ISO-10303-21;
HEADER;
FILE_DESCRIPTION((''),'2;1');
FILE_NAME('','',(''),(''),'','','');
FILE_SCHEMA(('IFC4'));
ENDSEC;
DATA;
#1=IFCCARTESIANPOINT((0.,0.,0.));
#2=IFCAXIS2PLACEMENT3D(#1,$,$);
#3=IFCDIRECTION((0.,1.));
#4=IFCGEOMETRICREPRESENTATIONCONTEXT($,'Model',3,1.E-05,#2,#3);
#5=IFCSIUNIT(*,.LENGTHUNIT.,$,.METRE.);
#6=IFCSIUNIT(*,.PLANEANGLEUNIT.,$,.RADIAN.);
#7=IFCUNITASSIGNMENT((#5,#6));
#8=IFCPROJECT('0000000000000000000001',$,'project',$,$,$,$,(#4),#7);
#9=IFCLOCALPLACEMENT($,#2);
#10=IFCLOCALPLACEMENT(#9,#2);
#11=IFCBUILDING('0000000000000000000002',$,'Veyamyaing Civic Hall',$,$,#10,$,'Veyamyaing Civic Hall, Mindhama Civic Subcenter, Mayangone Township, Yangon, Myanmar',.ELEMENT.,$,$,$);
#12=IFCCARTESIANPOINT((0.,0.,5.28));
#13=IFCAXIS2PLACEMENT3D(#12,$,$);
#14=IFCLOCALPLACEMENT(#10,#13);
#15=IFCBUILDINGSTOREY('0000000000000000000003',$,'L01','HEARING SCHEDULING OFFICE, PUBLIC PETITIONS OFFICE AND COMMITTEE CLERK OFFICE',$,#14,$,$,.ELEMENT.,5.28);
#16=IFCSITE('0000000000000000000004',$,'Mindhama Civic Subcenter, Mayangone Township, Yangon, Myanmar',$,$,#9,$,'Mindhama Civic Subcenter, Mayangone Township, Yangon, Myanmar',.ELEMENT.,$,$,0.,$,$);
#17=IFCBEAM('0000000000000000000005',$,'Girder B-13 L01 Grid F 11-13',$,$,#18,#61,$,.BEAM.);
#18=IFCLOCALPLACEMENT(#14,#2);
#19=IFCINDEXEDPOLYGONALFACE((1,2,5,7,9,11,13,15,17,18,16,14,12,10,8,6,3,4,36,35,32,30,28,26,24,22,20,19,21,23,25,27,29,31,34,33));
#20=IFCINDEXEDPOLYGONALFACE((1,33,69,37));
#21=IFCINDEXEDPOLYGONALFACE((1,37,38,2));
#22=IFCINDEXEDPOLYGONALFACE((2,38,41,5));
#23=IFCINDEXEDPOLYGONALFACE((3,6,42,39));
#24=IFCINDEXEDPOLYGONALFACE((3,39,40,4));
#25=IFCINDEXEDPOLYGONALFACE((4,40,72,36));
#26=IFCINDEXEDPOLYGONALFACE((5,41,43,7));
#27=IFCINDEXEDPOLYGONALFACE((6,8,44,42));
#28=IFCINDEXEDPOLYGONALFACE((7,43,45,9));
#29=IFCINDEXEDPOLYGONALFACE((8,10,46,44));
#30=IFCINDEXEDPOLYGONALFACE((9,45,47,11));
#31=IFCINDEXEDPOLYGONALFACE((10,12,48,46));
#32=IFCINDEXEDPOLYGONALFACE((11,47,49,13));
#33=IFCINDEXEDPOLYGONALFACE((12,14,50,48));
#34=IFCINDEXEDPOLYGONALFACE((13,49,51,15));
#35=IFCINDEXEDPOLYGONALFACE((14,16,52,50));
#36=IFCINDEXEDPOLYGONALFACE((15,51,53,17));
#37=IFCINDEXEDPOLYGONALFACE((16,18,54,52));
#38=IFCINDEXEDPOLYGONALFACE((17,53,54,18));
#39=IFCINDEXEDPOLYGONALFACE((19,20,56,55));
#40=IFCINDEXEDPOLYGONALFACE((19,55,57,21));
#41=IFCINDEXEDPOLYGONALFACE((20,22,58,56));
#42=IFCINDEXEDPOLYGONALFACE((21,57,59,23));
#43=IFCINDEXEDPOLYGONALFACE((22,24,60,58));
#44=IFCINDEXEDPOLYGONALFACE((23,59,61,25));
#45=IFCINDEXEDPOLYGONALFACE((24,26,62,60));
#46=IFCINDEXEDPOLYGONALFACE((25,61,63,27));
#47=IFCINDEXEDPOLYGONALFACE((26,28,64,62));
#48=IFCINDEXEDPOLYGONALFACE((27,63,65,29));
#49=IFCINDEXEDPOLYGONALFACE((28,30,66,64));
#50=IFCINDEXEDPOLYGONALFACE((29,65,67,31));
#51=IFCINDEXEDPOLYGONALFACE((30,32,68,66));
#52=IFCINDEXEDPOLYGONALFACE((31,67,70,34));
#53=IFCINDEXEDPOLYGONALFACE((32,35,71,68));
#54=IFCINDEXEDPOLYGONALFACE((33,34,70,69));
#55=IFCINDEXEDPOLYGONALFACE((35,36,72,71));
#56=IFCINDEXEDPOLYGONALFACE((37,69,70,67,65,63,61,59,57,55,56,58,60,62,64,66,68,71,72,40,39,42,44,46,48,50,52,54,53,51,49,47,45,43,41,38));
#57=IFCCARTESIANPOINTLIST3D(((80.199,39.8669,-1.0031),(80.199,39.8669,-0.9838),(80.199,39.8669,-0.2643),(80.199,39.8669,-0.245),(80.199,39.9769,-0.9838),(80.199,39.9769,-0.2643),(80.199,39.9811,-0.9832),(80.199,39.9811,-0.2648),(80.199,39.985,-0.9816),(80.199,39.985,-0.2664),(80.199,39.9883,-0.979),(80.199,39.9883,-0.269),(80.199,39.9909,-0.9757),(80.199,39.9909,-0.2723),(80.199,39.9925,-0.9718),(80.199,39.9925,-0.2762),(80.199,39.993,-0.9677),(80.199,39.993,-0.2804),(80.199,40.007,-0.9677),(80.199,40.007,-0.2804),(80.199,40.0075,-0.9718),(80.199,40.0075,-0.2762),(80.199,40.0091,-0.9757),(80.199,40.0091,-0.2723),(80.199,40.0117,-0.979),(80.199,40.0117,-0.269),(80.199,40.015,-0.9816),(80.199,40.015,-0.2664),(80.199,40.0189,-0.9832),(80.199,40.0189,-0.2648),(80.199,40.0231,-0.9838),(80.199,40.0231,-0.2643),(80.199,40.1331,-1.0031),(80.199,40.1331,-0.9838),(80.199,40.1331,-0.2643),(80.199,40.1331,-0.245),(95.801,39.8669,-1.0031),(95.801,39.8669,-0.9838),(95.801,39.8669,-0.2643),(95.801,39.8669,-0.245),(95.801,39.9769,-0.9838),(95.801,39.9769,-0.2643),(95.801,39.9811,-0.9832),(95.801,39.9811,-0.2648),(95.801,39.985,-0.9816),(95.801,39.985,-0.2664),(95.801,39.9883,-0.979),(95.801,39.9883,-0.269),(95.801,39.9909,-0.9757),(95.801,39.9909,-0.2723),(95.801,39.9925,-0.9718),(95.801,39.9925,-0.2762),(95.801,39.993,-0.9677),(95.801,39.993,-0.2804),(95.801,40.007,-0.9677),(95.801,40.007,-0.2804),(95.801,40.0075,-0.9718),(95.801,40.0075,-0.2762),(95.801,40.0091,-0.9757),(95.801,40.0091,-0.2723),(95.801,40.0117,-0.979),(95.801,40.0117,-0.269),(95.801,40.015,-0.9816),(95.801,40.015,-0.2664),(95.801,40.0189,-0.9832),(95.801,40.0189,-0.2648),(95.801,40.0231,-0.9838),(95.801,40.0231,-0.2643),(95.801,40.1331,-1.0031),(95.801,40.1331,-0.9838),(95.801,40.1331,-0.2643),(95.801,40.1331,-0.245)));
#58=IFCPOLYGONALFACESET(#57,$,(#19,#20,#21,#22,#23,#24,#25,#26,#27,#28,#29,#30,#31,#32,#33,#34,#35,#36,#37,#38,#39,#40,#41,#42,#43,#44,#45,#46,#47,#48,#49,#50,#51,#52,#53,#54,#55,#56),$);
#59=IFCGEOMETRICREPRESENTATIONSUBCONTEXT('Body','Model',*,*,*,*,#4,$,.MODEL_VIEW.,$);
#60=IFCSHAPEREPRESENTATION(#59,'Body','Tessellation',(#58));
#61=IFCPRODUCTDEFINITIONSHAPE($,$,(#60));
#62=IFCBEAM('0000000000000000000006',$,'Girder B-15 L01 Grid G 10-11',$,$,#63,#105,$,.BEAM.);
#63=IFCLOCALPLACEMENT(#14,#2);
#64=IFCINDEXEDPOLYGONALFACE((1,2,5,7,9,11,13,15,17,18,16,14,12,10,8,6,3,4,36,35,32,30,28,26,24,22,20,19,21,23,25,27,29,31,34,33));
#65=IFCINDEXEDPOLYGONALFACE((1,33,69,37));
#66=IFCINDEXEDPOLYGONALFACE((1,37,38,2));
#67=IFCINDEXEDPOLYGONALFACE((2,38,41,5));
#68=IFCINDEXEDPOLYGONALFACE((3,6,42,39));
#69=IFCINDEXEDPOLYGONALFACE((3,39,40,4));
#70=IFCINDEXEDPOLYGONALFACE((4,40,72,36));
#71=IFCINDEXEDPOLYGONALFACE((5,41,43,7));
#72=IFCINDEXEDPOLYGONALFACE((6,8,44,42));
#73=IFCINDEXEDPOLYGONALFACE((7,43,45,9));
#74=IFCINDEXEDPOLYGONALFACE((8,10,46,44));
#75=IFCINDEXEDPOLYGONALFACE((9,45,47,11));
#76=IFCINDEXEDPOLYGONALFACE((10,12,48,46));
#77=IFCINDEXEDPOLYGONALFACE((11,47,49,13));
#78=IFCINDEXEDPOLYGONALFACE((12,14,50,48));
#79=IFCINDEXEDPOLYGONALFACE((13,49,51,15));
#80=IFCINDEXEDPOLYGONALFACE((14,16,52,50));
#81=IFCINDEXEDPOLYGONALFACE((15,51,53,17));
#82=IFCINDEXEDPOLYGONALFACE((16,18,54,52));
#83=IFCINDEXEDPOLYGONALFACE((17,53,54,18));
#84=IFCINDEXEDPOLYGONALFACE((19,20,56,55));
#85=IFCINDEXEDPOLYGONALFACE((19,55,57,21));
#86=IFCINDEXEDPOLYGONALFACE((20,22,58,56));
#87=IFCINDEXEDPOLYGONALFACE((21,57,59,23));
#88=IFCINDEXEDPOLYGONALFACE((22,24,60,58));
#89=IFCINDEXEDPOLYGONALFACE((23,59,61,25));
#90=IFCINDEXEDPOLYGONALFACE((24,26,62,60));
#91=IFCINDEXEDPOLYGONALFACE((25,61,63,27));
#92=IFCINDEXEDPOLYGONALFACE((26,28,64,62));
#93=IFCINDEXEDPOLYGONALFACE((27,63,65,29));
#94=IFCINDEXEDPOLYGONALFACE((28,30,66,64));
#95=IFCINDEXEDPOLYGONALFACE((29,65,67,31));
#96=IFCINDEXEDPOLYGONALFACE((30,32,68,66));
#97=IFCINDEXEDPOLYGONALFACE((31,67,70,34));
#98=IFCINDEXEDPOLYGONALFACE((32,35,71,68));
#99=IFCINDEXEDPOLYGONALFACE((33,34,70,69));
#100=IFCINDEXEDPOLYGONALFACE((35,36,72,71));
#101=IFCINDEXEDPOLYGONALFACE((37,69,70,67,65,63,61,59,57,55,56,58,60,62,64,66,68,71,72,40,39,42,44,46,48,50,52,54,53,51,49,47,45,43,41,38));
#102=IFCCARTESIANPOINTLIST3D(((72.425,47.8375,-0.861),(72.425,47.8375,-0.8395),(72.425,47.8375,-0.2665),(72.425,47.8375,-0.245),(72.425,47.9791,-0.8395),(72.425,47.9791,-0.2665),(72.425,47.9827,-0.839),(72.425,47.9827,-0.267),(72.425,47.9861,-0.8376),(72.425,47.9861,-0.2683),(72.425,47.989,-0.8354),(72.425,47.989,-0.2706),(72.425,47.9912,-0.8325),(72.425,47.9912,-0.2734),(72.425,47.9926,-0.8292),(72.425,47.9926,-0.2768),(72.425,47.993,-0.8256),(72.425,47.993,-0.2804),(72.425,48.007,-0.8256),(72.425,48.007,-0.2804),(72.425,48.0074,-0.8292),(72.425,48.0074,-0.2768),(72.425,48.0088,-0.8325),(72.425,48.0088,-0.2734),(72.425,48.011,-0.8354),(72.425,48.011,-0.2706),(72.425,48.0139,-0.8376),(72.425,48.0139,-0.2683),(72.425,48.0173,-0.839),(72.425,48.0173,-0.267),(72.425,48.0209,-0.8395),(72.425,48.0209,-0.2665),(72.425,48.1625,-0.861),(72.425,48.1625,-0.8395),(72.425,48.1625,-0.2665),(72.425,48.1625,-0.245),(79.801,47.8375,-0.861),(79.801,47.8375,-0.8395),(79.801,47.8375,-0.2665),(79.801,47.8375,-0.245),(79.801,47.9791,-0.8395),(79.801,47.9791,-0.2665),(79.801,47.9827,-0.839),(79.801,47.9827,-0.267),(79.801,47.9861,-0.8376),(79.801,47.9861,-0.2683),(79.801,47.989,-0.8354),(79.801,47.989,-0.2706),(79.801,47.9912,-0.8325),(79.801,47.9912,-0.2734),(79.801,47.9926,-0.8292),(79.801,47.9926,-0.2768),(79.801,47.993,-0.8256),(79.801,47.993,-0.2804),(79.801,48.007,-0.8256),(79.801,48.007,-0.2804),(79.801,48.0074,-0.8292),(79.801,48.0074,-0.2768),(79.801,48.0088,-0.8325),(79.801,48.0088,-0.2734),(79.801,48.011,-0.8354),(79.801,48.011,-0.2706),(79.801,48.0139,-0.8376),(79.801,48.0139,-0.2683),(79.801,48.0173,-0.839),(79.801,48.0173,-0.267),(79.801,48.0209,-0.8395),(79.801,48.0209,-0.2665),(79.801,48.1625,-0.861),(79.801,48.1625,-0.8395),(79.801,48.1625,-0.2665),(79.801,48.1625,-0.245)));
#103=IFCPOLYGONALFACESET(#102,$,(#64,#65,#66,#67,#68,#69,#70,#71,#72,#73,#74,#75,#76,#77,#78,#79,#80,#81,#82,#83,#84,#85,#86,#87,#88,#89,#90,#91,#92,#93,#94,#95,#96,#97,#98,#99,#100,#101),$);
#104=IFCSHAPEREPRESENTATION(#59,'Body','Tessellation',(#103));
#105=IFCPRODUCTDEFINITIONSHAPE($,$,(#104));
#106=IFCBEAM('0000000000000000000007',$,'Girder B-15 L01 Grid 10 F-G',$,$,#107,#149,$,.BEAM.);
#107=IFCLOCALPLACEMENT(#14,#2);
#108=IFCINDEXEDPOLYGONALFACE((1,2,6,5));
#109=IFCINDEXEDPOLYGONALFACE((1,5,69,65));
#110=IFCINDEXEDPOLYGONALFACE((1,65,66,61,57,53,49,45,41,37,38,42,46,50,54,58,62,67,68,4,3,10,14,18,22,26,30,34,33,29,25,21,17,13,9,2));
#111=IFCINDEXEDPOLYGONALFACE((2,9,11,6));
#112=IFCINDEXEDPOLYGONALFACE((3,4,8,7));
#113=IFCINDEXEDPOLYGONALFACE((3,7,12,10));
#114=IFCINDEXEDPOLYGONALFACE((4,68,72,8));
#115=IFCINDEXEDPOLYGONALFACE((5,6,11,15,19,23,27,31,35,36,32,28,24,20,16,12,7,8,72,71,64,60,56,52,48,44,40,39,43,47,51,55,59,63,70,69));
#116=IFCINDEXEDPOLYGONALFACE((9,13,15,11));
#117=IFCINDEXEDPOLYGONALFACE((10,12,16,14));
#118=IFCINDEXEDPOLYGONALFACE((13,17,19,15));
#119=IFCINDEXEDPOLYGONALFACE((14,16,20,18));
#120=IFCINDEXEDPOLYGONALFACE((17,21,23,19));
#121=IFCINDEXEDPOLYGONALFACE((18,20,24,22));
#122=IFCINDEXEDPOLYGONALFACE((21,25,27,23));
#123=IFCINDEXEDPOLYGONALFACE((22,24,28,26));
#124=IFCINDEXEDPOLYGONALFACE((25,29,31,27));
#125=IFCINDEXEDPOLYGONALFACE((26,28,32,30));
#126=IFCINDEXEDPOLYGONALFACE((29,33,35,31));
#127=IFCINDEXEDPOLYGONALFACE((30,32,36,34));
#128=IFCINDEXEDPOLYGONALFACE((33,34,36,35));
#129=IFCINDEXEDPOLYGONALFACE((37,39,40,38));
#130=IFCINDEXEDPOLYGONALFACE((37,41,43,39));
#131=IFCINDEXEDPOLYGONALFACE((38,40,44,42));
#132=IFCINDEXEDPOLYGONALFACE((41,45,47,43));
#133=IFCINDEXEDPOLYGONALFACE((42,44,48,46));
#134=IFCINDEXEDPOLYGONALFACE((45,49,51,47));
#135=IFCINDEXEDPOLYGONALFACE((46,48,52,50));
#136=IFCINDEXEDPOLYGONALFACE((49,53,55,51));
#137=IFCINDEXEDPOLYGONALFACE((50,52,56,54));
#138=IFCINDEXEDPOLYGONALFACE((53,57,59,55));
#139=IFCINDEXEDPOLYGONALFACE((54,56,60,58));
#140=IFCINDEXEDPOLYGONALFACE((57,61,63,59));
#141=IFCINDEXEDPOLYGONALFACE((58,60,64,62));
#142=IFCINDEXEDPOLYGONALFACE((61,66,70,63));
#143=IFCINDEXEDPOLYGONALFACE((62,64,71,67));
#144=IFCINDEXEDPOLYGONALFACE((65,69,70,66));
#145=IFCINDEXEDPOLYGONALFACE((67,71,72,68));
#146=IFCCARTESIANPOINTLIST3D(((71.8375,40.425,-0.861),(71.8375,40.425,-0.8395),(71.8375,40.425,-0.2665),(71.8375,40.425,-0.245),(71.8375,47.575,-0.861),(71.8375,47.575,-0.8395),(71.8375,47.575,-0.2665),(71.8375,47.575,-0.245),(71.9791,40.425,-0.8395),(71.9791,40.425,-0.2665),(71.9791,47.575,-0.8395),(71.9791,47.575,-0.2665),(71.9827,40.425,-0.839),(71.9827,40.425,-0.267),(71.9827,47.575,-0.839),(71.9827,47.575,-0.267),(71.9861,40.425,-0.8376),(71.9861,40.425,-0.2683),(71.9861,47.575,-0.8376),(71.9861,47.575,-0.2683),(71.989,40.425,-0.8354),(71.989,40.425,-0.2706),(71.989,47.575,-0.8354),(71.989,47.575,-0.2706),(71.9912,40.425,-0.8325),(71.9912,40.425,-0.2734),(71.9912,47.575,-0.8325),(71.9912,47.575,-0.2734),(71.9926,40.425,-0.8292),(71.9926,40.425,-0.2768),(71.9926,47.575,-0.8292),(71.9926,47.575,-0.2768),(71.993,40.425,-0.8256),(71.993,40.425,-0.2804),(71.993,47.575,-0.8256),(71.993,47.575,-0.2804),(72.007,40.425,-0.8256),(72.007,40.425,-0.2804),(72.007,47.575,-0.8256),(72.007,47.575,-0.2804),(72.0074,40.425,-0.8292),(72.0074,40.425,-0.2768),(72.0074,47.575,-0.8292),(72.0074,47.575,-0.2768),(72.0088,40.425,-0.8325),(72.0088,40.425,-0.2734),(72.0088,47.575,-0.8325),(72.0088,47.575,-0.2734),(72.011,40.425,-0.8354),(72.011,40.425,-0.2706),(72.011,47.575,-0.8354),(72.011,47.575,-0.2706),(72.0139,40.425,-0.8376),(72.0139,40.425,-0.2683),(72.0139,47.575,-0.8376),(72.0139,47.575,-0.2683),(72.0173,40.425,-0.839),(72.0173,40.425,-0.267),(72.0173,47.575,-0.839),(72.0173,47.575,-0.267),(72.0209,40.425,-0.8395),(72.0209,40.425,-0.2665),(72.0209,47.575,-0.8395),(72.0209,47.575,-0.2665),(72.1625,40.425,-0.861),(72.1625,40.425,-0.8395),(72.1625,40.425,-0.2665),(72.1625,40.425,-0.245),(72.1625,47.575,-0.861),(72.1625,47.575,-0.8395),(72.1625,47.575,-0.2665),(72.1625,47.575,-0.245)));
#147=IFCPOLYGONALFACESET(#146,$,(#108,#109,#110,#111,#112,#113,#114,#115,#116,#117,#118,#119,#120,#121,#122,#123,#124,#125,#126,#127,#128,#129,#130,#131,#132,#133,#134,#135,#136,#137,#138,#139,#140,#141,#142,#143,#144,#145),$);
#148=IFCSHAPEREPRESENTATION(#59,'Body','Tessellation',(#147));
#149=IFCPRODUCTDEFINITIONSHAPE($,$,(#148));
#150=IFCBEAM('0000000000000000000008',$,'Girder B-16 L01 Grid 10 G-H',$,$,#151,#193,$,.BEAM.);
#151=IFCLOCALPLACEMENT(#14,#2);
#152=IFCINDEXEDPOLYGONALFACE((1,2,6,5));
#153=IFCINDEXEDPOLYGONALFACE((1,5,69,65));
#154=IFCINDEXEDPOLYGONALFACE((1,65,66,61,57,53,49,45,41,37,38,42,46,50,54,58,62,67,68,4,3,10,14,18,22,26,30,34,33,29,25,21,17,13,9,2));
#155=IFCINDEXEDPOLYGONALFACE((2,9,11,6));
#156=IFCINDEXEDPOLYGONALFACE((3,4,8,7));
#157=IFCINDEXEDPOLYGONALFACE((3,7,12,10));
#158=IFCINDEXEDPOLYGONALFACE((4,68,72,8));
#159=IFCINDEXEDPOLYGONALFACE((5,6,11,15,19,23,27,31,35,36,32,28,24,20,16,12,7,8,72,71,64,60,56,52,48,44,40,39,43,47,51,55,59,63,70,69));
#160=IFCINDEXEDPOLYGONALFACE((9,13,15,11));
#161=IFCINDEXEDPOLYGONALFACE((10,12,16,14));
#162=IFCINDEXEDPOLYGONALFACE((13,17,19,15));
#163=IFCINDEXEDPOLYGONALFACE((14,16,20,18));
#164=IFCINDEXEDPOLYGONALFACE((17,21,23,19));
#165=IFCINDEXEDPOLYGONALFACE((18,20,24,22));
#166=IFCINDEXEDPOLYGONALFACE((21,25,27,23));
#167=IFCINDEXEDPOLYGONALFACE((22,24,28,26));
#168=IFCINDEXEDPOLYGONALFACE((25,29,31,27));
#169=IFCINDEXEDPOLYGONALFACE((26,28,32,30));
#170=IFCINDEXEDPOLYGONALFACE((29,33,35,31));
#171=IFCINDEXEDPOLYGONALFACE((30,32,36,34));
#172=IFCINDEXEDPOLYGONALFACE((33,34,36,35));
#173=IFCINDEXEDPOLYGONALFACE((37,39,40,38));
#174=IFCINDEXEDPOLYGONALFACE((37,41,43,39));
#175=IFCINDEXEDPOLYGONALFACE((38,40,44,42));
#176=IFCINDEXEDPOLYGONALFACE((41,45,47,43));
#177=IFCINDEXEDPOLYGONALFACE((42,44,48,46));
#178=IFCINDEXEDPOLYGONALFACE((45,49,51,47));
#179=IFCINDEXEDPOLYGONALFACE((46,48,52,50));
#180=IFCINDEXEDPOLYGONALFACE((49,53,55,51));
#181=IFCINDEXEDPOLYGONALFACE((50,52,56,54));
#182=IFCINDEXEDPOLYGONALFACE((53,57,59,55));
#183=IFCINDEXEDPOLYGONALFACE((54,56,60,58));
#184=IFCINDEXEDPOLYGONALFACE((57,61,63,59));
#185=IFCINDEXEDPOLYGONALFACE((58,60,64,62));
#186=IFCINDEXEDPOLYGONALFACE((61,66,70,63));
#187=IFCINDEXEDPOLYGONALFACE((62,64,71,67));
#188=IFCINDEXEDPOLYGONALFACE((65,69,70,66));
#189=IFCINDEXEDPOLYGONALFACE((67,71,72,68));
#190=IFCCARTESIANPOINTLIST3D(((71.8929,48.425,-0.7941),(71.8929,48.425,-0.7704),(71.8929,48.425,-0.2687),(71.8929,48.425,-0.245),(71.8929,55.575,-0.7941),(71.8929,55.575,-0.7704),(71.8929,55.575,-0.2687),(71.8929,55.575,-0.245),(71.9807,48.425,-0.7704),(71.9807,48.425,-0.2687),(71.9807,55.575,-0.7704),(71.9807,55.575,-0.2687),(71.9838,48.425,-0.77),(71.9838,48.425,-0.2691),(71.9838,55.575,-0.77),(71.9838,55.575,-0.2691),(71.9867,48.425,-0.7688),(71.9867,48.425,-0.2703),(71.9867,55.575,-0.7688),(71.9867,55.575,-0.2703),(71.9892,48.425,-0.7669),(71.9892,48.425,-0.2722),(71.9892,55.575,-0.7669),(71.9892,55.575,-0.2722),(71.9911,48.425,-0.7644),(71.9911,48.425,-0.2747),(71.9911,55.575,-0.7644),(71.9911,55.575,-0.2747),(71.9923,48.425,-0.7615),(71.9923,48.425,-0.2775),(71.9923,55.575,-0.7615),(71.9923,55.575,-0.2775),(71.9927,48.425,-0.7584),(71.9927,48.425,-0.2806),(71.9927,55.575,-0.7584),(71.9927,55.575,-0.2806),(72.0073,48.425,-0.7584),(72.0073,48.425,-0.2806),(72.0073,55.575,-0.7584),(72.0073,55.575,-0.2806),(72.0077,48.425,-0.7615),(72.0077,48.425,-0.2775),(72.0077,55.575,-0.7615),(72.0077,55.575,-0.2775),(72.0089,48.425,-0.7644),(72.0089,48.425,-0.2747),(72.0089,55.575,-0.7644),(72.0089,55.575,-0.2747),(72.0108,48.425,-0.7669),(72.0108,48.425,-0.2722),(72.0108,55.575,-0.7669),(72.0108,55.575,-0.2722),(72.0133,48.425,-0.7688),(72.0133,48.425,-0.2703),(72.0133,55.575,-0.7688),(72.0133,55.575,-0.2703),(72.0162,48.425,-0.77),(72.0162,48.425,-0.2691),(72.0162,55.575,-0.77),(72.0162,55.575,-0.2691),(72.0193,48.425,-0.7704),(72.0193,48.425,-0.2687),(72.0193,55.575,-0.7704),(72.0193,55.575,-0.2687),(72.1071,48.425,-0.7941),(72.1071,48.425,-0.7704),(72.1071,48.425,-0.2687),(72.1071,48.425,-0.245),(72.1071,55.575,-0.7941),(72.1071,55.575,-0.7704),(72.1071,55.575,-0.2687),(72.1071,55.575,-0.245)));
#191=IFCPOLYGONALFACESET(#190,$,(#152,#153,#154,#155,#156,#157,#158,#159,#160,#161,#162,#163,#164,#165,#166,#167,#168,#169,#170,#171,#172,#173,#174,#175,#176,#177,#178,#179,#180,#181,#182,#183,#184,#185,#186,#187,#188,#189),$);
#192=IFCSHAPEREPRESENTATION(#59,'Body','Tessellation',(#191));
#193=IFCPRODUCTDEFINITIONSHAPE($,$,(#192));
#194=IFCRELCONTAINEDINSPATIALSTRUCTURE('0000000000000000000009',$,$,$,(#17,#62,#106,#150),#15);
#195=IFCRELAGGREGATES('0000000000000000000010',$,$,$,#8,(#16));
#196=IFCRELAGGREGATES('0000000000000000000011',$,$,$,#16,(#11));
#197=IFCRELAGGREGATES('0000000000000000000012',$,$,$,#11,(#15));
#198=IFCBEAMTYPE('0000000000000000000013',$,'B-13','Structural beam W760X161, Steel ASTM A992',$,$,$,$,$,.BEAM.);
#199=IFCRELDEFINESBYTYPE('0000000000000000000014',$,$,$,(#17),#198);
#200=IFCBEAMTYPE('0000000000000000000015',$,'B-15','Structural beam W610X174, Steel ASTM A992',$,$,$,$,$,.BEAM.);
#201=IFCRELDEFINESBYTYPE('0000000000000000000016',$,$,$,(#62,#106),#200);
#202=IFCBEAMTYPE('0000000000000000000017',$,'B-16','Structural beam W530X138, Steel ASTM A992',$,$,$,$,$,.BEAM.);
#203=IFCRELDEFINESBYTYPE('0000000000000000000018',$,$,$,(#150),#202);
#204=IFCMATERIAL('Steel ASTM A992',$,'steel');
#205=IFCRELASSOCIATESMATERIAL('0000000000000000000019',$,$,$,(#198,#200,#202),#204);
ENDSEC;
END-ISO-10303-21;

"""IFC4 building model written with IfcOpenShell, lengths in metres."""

from ifc_helpers import new_model, si_unit, direction, frame, origin, origin_2d, place, context, subcontext, project, spatial, i_section, extrude, material, material_profile, profile_set, type_object, element, save


model = new_model("IFC4")

# Units and contexts
model_context = context("Model", 3, precision=1e-05, world=origin(), true_north=direction((0.0, 1.0)))
body_context = subcontext(model_context, "Body", "Model", "MODEL_VIEW")
ifc_project = project(units=[si_unit("LENGTHUNIT", "METRE"), si_unit("PLANEANGLEUNIT", "RADIAN")], contexts=[model_context])

# Site, building, storey
site_placement = place(None, origin())
site = spatial("IfcSite", under=ifc_project, at=site_placement, Name="Mindhama Civic Subcenter, Mayangone Township, Yangon, Myanmar", LongName="Mindhama Civic Subcenter, Mayangone Township, Yangon, Myanmar", CompositionType="ELEMENT", RefElevation=0.0)
building_placement = place(site_placement, origin())
building = spatial("IfcBuilding", under=site, at=building_placement, Name="Veyamyaing Civic Hall", LongName="Veyamyaing Civic Hall, Mindhama Civic Subcenter, Mayangone Township, Yangon, Myanmar", CompositionType="ELEMENT")
storey_placement = place(building_placement, frame((0.0, 0.0, 5.28)))
storey = spatial("IfcBuildingStorey", under=building, at=storey_placement, Name="L01", Description="HEARING SCHEDULING OFFICE, PUBLIC PETITIONS OFFICE AND COMMITTEE CLERK OFFICE", CompositionType="ELEMENT", Elevation=5.28)

# Beams
ifc_material_1 = material(Name="Steel ASTM A992", Category="steel")
ifc_material_profile_1 = material_profile(ifc_material_1, i_section(OverallWidth=0.2661, OverallDepth=0.7581, WebThickness=0.0139, FlangeThickness=0.0193, FilletRadius=0.0161, at=origin_2d()), Name="W760X161")
ifc_profile_set_1 = profile_set([ifc_material_profile_1], Name="Steel ASTM A992")
beam_type_1 = type_object("IfcBeamType", Name="B-13", Description="Structural beam W760X161, Steel ASTM A992", PredefinedType="BEAM", material=ifc_profile_set_1)
beam_1_placement = place(storey_placement, frame((80.199, 40.0, -0.624), z_axis=(1.0, 0.0, 0.0), x_axis=(0.0, 1.0, 0.0)))
element("IfcBeam", 1, at=beam_1_placement, inside=storey, type_object=beam_type_1, Name="Girder B-13 L01 Grid F 11-13", PredefinedType="BEAM", context=body_context, shape_type="SweptSolid", body=[
    extrude(i_section(OverallWidth=0.2661, OverallDepth=0.7581, WebThickness=0.0139, FlangeThickness=0.0193, FilletRadius=0.0161, at=origin_2d()), origin(), (0.0, 0.0, 1.0), 15.6021),
])
ifc_material_profile_2 = material_profile(ifc_material_1, i_section(OverallWidth=0.325, OverallDepth=0.616, WebThickness=0.0139, FlangeThickness=0.0215, FilletRadius=0.0139, at=origin_2d()), Name="W610X174")
ifc_profile_set_2 = profile_set([ifc_material_profile_2], Name="Steel ASTM A992")
beam_type_2 = type_object("IfcBeamType", Name="B-15", Description="Structural beam W610X174, Steel ASTM A992", PredefinedType="BEAM", material=ifc_profile_set_2)
beam_2_placement = place(storey_placement, frame((72.425, 48.0, -0.553), z_axis=(1.0, 0.0, 0.0), x_axis=(0.0, 1.0, 0.0)))
element("IfcBeam", 2, at=beam_2_placement, inside=storey, type_object=beam_type_2, Name="Girder B-15 L01 Grid G 10-11", PredefinedType="BEAM", context=body_context, shape_type="SweptSolid", body=[
    extrude(i_section(OverallWidth=0.325, OverallDepth=0.616, WebThickness=0.0139, FlangeThickness=0.0215, FilletRadius=0.0139, at=origin_2d()), origin(), (0.0, 0.0, 1.0), 7.376),
])
beam_3_placement = place(storey_placement, frame((72.0, 40.425, -0.553), z_axis=(0.0, 1.0, 0.0), x_axis=(-1.0, 0.0, 0.0)))
element("IfcBeam", 3, at=beam_3_placement, inside=storey, type_object=beam_type_2, Name="Girder B-15 L01 Grid 10 F-G", PredefinedType="BEAM", context=body_context, shape_type="SweptSolid", body=[
    extrude(i_section(OverallWidth=0.325, OverallDepth=0.616, WebThickness=0.0139, FlangeThickness=0.0215, FilletRadius=0.0139, at=origin_2d()), origin(), (0.0, 0.0, 1.0), 7.1499),
])
ifc_material_profile_3 = material_profile(ifc_material_1, i_section(OverallWidth=0.2141, OverallDepth=0.5491, WebThickness=0.0146, FlangeThickness=0.0237, FilletRadius=0.012, at=origin_2d()), Name="W530X138")
ifc_profile_set_3 = profile_set([ifc_material_profile_3], Name="Steel ASTM A992")
beam_type_3 = type_object("IfcBeamType", Name="B-16", Description="Structural beam W530X138, Steel ASTM A992", PredefinedType="BEAM", material=ifc_profile_set_3)
beam_4_placement = place(storey_placement, frame((72.0, 48.425, -0.5195), z_axis=(0.0, 1.0, 0.0), x_axis=(-1.0, 0.0, 0.0)))
element("IfcBeam", 4, at=beam_4_placement, inside=storey, type_object=beam_type_3, Name="Girder B-16 L01 Grid 10 G-H", PredefinedType="BEAM", context=body_context, shape_type="SweptSolid", body=[
    extrude(i_section(OverallWidth=0.2141, OverallDepth=0.5491, WebThickness=0.0146, FlangeThickness=0.0237, FilletRadius=0.012, at=origin_2d()), origin(), (0.0, 0.0, 1.0), 7.1499),
])

save(model, "model.ifc")
